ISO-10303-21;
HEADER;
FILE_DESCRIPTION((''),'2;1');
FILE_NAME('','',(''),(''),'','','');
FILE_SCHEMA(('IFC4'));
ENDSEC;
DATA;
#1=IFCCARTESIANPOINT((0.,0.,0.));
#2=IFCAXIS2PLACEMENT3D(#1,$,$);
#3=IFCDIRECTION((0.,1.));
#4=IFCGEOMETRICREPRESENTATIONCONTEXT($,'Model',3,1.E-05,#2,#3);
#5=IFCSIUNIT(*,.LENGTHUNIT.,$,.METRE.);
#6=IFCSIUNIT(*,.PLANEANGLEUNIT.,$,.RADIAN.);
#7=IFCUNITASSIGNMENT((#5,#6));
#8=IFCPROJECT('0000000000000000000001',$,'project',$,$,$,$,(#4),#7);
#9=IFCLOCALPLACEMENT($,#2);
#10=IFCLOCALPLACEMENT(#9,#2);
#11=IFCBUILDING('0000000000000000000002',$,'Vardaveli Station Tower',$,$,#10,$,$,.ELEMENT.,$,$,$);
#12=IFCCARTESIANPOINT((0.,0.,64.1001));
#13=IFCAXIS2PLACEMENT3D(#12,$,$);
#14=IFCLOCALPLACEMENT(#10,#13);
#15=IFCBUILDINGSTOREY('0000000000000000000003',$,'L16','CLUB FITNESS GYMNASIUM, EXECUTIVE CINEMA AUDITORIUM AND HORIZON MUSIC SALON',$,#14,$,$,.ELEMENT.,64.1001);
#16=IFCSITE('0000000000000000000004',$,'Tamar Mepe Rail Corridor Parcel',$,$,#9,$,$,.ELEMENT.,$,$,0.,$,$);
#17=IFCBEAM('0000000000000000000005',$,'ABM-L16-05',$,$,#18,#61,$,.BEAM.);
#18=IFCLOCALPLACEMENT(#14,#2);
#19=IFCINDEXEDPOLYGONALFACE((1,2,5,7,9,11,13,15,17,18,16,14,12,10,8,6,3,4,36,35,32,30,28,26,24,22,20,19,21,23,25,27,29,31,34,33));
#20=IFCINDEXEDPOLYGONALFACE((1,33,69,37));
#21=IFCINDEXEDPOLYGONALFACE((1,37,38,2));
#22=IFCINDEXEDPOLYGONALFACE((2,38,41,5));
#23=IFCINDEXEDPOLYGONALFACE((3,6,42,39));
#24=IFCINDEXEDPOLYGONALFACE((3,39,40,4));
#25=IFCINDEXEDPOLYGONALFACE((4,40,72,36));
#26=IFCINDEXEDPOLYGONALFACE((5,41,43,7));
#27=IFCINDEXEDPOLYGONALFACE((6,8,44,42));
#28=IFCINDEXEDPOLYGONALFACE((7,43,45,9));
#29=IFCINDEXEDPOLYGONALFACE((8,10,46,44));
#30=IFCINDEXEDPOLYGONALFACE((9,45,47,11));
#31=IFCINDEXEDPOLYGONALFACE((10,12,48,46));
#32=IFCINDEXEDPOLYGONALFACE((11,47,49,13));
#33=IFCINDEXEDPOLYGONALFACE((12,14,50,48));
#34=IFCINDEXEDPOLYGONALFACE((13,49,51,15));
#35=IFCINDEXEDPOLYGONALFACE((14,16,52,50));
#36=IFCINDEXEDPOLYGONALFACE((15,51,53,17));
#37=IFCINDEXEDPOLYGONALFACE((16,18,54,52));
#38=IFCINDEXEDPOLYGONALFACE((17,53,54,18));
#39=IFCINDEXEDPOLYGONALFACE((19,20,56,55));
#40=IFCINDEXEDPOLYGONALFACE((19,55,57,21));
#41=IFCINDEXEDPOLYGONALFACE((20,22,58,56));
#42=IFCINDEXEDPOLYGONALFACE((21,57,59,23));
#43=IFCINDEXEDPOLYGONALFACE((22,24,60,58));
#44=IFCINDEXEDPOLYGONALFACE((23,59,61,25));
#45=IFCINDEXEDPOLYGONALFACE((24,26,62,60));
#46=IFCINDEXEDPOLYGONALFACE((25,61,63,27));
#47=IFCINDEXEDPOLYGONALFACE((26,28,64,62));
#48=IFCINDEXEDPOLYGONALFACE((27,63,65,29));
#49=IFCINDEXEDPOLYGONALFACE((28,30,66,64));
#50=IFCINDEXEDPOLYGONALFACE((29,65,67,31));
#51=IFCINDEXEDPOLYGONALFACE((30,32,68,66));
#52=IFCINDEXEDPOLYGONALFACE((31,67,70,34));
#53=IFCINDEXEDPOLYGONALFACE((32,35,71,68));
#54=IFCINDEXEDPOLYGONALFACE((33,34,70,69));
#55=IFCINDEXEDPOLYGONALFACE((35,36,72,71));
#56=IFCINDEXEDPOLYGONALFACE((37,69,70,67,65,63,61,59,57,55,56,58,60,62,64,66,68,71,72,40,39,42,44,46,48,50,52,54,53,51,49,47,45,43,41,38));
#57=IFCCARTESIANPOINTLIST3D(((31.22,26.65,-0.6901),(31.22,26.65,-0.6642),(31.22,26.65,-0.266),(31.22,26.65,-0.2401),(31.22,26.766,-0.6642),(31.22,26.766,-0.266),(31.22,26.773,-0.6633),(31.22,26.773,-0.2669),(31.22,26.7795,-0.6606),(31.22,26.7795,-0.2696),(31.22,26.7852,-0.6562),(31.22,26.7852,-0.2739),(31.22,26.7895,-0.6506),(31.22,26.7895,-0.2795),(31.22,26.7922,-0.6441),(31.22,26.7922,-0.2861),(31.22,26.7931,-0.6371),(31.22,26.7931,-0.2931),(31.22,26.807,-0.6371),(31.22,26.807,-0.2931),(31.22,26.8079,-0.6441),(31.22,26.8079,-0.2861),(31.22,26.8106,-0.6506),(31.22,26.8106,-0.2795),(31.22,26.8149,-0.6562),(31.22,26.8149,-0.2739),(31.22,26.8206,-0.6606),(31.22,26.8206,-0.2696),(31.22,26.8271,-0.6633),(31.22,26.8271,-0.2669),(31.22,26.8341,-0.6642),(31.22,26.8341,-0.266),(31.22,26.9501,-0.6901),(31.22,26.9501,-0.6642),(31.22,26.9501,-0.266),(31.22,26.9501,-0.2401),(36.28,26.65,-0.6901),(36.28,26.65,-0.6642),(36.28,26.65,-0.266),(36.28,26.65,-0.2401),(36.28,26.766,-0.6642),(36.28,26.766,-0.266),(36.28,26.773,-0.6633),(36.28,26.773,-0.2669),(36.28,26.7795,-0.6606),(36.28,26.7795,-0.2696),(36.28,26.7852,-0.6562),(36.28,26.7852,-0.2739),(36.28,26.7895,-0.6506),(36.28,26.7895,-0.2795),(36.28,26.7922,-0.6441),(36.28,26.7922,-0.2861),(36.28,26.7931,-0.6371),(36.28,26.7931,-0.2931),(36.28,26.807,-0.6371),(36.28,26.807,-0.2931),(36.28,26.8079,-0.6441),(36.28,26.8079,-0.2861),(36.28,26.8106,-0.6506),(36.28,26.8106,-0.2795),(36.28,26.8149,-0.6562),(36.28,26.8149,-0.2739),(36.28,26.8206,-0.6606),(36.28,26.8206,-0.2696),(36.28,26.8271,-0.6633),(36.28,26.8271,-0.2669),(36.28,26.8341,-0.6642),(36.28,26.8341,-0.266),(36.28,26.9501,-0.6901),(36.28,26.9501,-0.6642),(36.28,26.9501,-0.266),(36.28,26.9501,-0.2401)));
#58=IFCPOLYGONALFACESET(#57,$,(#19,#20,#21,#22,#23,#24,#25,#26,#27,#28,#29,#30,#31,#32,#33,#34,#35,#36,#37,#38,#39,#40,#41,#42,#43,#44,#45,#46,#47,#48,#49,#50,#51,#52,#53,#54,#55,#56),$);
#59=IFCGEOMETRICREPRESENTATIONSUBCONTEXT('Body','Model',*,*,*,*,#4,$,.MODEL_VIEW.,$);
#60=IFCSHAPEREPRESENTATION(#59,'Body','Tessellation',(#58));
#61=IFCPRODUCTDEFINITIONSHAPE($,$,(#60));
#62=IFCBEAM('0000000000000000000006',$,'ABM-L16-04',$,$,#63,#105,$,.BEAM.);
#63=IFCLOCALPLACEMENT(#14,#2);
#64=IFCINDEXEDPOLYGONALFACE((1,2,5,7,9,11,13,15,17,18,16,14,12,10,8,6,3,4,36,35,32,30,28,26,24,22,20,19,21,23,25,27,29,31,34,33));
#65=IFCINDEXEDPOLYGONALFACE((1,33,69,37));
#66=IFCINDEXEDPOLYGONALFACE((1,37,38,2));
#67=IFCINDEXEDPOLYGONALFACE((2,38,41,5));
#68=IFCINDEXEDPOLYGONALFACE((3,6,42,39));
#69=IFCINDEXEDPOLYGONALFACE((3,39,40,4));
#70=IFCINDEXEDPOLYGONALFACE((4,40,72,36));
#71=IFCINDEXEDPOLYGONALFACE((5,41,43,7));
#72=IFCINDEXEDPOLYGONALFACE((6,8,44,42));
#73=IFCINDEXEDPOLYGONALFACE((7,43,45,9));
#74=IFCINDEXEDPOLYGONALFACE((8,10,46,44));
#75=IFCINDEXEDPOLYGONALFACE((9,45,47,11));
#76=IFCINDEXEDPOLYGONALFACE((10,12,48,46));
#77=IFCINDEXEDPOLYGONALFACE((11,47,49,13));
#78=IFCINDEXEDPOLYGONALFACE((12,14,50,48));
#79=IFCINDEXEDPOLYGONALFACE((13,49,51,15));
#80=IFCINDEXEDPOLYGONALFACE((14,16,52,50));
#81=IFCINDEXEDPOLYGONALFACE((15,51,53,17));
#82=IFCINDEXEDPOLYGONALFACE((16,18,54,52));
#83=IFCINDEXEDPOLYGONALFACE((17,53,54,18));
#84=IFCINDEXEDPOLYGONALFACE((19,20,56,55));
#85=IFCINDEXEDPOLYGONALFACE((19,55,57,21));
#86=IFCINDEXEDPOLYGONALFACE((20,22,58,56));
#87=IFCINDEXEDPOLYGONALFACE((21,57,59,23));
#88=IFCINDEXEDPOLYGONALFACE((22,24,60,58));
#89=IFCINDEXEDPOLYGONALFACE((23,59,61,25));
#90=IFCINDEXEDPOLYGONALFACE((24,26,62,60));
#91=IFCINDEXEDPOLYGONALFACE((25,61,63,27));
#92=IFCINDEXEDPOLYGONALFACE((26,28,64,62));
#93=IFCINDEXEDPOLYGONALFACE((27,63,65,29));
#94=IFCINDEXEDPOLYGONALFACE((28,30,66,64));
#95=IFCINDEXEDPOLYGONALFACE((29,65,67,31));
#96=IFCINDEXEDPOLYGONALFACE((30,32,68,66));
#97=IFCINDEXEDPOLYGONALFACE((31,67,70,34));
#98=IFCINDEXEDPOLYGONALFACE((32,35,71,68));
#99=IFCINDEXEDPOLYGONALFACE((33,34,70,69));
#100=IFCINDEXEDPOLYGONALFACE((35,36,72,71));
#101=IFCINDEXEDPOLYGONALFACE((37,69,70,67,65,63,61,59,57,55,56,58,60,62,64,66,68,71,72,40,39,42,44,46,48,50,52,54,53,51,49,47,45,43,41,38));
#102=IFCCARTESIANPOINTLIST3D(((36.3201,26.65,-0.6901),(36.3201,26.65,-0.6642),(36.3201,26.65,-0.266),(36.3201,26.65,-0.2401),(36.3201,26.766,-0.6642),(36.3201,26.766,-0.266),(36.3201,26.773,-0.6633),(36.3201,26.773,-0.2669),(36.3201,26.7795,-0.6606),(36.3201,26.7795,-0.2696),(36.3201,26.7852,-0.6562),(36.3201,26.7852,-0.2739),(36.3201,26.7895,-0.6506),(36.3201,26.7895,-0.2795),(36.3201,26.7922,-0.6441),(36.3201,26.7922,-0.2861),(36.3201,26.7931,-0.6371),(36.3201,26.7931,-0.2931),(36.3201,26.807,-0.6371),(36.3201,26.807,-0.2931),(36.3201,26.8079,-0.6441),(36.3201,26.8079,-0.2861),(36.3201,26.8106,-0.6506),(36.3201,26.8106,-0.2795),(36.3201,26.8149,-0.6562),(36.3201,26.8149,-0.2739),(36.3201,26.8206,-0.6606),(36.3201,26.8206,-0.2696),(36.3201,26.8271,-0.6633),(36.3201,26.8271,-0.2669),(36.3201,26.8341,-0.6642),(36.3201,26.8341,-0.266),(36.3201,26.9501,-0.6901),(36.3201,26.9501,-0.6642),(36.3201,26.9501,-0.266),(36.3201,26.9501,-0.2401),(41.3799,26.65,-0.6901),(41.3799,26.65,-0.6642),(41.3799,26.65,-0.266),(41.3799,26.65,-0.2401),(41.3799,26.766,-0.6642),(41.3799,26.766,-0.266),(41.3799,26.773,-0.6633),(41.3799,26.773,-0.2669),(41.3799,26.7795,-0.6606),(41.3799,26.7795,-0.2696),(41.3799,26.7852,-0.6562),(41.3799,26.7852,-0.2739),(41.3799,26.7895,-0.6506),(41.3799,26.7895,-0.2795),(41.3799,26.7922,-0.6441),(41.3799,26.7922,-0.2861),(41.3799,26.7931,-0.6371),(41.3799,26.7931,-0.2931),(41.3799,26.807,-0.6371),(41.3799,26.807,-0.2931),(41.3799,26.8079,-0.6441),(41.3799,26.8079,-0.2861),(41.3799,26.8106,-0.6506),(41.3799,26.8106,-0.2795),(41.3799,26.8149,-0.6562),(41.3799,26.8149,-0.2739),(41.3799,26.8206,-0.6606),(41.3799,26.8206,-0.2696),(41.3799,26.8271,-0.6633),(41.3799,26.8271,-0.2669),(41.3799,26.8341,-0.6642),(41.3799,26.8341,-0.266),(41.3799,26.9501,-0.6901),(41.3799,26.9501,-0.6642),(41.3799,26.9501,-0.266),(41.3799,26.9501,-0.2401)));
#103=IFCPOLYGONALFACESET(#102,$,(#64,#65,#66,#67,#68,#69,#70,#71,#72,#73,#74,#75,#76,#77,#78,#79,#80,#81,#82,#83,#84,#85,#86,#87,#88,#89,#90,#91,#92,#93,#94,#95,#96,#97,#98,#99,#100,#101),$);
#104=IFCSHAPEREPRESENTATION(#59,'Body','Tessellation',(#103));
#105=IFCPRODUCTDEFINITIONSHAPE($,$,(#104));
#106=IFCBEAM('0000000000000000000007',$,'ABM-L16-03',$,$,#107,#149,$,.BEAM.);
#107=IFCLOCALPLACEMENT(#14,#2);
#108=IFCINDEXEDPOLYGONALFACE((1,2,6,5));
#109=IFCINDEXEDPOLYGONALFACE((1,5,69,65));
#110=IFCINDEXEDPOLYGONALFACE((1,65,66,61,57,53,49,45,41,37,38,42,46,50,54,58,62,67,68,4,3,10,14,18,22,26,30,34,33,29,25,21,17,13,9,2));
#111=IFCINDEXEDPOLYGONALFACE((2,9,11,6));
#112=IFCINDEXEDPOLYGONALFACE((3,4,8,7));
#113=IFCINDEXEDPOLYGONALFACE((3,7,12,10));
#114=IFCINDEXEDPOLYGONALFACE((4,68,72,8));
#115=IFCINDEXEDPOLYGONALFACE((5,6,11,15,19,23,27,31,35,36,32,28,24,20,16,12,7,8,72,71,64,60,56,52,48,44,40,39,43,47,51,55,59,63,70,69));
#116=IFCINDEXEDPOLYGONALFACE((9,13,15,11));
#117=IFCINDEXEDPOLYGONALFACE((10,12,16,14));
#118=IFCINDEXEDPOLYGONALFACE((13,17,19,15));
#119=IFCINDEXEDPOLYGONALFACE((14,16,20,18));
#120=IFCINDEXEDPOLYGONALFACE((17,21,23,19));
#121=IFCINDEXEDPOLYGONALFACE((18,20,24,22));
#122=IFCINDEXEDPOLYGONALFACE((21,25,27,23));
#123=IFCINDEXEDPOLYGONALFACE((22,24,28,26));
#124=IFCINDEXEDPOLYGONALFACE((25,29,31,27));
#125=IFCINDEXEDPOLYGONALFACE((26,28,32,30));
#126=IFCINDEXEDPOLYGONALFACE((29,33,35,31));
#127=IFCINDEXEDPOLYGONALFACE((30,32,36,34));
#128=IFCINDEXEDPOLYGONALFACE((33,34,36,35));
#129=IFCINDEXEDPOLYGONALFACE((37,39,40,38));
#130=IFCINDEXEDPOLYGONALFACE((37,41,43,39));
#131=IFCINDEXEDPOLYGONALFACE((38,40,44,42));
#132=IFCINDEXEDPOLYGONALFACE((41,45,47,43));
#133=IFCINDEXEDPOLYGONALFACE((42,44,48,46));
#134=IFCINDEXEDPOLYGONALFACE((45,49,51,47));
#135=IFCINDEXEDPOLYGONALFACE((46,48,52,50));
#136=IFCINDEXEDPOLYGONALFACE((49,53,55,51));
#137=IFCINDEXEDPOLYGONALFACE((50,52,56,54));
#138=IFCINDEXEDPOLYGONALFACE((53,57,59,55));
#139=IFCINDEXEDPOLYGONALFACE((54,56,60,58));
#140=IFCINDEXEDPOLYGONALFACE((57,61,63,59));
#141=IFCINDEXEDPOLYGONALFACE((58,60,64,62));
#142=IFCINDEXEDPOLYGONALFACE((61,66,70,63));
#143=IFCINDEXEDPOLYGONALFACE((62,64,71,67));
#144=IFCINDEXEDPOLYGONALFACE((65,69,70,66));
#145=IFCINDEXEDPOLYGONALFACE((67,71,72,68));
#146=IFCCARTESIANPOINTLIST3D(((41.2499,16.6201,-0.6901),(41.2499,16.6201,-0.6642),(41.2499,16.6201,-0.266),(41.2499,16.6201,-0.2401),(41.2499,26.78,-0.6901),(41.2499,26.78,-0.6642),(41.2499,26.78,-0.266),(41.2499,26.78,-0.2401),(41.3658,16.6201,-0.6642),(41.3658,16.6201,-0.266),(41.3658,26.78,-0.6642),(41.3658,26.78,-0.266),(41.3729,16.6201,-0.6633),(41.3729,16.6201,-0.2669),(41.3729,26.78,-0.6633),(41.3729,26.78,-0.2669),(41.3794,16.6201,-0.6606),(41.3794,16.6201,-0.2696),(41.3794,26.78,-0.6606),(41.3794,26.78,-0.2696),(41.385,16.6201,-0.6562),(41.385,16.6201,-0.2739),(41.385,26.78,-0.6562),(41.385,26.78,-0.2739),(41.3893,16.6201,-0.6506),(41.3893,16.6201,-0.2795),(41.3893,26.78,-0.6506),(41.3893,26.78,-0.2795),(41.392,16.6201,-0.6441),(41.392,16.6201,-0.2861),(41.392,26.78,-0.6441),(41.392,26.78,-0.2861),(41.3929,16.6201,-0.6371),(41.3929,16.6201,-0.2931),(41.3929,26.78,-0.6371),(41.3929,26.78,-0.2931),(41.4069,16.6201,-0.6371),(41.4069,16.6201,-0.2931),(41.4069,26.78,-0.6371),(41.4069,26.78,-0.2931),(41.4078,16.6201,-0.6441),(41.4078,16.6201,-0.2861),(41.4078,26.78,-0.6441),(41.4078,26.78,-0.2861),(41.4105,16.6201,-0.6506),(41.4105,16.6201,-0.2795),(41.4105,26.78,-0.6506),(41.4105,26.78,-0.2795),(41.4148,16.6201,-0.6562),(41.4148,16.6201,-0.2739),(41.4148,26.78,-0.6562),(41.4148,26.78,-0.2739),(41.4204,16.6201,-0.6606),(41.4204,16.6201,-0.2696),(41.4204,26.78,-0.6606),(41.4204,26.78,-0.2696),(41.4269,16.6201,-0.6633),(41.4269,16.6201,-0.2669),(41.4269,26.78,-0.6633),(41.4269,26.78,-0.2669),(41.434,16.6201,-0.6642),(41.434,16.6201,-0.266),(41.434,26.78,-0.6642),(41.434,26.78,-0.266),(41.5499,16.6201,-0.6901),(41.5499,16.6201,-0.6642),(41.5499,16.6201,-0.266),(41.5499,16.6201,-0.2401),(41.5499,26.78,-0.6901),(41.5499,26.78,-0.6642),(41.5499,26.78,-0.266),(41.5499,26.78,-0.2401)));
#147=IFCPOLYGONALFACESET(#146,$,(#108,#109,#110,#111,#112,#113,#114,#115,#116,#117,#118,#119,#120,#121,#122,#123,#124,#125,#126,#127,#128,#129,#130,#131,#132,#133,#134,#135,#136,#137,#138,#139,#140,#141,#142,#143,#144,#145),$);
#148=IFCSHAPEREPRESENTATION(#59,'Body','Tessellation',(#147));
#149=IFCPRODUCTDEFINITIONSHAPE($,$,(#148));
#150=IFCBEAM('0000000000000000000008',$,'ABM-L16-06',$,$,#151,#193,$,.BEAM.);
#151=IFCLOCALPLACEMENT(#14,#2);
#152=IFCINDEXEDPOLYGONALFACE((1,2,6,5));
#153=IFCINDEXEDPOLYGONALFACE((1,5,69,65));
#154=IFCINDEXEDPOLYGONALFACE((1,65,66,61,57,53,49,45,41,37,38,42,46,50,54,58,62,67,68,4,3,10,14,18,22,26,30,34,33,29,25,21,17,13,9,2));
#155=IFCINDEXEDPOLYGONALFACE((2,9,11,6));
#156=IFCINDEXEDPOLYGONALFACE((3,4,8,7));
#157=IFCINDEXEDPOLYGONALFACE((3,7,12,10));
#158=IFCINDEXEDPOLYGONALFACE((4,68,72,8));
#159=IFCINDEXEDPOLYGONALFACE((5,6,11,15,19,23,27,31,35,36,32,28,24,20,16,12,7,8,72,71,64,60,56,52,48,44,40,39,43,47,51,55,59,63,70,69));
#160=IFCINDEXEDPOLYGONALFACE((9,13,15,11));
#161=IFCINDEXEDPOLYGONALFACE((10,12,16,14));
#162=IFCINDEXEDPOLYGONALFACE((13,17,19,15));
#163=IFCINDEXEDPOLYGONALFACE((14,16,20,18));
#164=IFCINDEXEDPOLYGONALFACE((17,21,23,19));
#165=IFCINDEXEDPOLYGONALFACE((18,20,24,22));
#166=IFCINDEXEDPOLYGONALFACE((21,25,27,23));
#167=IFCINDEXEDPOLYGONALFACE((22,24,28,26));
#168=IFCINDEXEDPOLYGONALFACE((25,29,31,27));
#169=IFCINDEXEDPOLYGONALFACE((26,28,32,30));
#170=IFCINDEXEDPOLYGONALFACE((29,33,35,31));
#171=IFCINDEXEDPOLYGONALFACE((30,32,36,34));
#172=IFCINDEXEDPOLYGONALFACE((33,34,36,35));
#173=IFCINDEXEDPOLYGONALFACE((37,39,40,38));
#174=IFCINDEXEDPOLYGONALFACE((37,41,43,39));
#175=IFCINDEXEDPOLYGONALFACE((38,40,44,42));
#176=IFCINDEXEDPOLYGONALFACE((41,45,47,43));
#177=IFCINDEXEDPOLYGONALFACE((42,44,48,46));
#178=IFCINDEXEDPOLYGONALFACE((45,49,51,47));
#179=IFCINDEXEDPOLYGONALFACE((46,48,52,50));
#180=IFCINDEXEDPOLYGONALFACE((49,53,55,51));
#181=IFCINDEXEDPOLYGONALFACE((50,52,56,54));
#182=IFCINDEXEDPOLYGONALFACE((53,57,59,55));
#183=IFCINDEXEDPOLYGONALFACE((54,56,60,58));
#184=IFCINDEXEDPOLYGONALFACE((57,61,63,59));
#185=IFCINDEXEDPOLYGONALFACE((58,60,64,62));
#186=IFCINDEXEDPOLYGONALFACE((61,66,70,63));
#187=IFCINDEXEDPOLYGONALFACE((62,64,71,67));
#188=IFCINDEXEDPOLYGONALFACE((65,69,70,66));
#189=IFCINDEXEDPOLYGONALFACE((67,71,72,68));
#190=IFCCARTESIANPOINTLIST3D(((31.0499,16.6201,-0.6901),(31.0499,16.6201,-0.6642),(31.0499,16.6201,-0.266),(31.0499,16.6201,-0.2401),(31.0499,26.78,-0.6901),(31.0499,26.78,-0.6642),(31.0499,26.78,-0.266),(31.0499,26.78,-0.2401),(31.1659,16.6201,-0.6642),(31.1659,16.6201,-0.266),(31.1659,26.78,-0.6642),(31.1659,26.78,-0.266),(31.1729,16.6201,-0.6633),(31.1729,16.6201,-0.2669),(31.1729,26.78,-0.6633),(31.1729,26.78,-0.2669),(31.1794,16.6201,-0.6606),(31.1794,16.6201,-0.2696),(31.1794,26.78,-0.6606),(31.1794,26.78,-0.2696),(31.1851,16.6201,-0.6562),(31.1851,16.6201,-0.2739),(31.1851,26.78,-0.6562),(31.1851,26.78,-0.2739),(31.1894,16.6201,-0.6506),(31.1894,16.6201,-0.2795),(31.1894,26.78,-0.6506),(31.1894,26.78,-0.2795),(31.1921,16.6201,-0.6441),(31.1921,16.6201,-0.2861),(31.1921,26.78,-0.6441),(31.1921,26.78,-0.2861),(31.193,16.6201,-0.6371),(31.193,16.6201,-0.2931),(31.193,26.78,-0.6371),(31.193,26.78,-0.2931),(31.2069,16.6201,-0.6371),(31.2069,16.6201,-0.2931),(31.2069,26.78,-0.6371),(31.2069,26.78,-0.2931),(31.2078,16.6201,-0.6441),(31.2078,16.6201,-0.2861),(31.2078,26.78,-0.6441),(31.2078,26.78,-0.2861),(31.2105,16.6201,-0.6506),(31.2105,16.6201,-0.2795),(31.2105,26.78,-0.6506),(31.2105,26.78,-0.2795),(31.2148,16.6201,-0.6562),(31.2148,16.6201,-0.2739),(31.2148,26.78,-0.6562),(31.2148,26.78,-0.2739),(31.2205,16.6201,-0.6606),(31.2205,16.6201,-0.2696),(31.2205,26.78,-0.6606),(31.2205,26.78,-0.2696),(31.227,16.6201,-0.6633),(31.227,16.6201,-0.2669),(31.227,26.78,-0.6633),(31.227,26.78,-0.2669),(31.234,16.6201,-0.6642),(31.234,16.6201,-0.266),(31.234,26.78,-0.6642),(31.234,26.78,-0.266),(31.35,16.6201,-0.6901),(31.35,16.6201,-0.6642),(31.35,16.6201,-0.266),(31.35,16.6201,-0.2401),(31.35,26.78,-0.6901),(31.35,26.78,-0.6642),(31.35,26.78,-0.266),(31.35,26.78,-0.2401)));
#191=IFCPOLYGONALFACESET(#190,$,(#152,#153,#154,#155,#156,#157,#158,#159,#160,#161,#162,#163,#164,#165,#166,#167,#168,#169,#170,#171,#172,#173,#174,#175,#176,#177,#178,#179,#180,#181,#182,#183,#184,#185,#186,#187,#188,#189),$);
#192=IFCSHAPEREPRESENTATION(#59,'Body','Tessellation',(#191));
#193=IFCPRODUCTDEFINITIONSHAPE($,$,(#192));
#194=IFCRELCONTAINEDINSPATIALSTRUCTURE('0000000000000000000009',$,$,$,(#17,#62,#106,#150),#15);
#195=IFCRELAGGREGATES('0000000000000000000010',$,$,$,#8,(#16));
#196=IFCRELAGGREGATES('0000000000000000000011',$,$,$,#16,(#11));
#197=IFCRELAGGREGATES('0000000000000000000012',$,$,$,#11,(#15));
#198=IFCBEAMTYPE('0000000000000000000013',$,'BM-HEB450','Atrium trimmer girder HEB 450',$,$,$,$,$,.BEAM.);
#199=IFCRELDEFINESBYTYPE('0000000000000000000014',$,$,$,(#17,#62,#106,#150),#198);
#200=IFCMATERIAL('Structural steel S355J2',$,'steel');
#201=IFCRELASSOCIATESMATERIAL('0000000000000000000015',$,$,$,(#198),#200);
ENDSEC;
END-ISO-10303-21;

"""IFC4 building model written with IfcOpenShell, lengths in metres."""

from ifc_helpers import new_model, si_unit, direction, frame, origin, origin_2d, place, context, subcontext, project, spatial, i_section, extrude, source, transform, mapped, material, material_profile, profile_set, type_object, element, save


model = new_model("IFC4")

# Units and contexts
model_context = context("Model", 3, precision=1e-05, world=origin(), true_north=direction((0.0, 1.0)))
body_context = subcontext(model_context, "Body", "Model", "MODEL_VIEW")
ifc_project = project(units=[si_unit("LENGTHUNIT", "METRE"), si_unit("PLANEANGLEUNIT", "RADIAN")], contexts=[model_context])

# Site, building, storey
site_placement = place(None, origin())
site = spatial("IfcSite", under=ifc_project, at=site_placement, Name="Tamar Mepe Rail Corridor Parcel", CompositionType="ELEMENT", RefElevation=0.0)
building_placement = place(site_placement, origin())
building = spatial("IfcBuilding", under=site, at=building_placement, Name="Vardaveli Station Tower", CompositionType="ELEMENT")
storey_placement = place(building_placement, frame((0.0, 0.0, 64.1001)))
storey = spatial("IfcBuildingStorey", under=building, at=storey_placement, Name="L16", Description="CLUB FITNESS GYMNASIUM, EXECUTIVE CINEMA AUDITORIUM AND HORIZON MUSIC SALON", CompositionType="ELEMENT", Elevation=64.1001)

# Beams
ifc_material_1 = material(Name="Structural steel S355J2", Category="steel")
ifc_material_profile_1 = material_profile(ifc_material_1, i_section(OverallWidth=0.3, OverallDepth=0.45, WebThickness=0.0139, FlangeThickness=0.0259, FilletRadius=0.0271, at=origin_2d()), Name="HEB 450")
ifc_profile_set_1 = profile_set([ifc_material_profile_1], Name="Structural steel S355J2")
beam_type_1 = type_object("IfcBeamType", Name="BM-HEB450", Description="Atrium trimmer girder HEB 450", PredefinedType="BEAM", material=ifc_profile_set_1)
shared_shape_1 = source(origin(), body_context, "Body", "SweptSolid", [
    extrude(i_section(OverallWidth=0.3, OverallDepth=0.45, WebThickness=0.0139, FlangeThickness=0.0259, FilletRadius=0.0271, at=origin_2d()), origin(), (0.0, 0.0, 1.0), 5.0601),
])
beam_1_placement = place(storey_placement, frame((36.28, 26.8, -0.4651), z_axis=(-1.0, 0.0, 0.0), x_axis=(0.0, -1.0, 0.0)))
element("IfcBeam", 1, at=beam_1_placement, inside=storey, type_object=beam_type_1, Name="ABM-L16-05", PredefinedType="BEAM", context=body_context, shape_type="MappedRepresentation", body=[
    mapped(shared_shape_1, transform((0.0, 0.0, 0.0), scale=1.0)),
])
shared_shape_2 = source(origin(), body_context, "Body", "SweptSolid", [
    extrude(i_section(OverallWidth=0.3, OverallDepth=0.45, WebThickness=0.0139, FlangeThickness=0.0259, FilletRadius=0.0271, at=origin_2d()), origin(), (0.0, 0.0, 1.0), 5.0598),
])
beam_2_placement = place(storey_placement, frame((41.3799, 26.8, -0.4651), z_axis=(-1.0, 0.0, 0.0), x_axis=(0.0, -1.0, 0.0)))
element("IfcBeam", 2, at=beam_2_placement, inside=storey, type_object=beam_type_1, Name="ABM-L16-04", PredefinedType="BEAM", context=body_context, shape_type="MappedRepresentation", body=[
    mapped(shared_shape_2, transform((0.0, 0.0, 0.0), scale=1.0)),
])
shared_shape_3 = source(origin(), body_context, "Body", "SweptSolid", [
    extrude(i_section(OverallWidth=0.3, OverallDepth=0.45, WebThickness=0.0139, FlangeThickness=0.0259, FilletRadius=0.0271, at=origin_2d()), origin(), (0.0, 0.0, 1.0), 10.1599),
])
for number, where, z_axis, x_axis, name in (
    (3, (41.3999, 16.6201, -0.4651), (0.0, 1.0, 0.0), (-1.0, 0.0, 0.0), "ABM-L16-03"),
    (4, (31.2, 26.78, -0.4651), (0.0, -1.0, 0.0), (1.0, 0.0, 0.0), "ABM-L16-06"),
):
    element("IfcBeam", number, at=place(storey_placement, frame(where, z_axis=z_axis, x_axis=x_axis)), inside=storey, type_object=beam_type_1, Name=name, PredefinedType="BEAM", context=body_context, shape_type="MappedRepresentation", body=[
        mapped(shared_shape_3, transform((0.0, 0.0, 0.0), scale=1.0)),
    ])

save(model, "model.ifc")
